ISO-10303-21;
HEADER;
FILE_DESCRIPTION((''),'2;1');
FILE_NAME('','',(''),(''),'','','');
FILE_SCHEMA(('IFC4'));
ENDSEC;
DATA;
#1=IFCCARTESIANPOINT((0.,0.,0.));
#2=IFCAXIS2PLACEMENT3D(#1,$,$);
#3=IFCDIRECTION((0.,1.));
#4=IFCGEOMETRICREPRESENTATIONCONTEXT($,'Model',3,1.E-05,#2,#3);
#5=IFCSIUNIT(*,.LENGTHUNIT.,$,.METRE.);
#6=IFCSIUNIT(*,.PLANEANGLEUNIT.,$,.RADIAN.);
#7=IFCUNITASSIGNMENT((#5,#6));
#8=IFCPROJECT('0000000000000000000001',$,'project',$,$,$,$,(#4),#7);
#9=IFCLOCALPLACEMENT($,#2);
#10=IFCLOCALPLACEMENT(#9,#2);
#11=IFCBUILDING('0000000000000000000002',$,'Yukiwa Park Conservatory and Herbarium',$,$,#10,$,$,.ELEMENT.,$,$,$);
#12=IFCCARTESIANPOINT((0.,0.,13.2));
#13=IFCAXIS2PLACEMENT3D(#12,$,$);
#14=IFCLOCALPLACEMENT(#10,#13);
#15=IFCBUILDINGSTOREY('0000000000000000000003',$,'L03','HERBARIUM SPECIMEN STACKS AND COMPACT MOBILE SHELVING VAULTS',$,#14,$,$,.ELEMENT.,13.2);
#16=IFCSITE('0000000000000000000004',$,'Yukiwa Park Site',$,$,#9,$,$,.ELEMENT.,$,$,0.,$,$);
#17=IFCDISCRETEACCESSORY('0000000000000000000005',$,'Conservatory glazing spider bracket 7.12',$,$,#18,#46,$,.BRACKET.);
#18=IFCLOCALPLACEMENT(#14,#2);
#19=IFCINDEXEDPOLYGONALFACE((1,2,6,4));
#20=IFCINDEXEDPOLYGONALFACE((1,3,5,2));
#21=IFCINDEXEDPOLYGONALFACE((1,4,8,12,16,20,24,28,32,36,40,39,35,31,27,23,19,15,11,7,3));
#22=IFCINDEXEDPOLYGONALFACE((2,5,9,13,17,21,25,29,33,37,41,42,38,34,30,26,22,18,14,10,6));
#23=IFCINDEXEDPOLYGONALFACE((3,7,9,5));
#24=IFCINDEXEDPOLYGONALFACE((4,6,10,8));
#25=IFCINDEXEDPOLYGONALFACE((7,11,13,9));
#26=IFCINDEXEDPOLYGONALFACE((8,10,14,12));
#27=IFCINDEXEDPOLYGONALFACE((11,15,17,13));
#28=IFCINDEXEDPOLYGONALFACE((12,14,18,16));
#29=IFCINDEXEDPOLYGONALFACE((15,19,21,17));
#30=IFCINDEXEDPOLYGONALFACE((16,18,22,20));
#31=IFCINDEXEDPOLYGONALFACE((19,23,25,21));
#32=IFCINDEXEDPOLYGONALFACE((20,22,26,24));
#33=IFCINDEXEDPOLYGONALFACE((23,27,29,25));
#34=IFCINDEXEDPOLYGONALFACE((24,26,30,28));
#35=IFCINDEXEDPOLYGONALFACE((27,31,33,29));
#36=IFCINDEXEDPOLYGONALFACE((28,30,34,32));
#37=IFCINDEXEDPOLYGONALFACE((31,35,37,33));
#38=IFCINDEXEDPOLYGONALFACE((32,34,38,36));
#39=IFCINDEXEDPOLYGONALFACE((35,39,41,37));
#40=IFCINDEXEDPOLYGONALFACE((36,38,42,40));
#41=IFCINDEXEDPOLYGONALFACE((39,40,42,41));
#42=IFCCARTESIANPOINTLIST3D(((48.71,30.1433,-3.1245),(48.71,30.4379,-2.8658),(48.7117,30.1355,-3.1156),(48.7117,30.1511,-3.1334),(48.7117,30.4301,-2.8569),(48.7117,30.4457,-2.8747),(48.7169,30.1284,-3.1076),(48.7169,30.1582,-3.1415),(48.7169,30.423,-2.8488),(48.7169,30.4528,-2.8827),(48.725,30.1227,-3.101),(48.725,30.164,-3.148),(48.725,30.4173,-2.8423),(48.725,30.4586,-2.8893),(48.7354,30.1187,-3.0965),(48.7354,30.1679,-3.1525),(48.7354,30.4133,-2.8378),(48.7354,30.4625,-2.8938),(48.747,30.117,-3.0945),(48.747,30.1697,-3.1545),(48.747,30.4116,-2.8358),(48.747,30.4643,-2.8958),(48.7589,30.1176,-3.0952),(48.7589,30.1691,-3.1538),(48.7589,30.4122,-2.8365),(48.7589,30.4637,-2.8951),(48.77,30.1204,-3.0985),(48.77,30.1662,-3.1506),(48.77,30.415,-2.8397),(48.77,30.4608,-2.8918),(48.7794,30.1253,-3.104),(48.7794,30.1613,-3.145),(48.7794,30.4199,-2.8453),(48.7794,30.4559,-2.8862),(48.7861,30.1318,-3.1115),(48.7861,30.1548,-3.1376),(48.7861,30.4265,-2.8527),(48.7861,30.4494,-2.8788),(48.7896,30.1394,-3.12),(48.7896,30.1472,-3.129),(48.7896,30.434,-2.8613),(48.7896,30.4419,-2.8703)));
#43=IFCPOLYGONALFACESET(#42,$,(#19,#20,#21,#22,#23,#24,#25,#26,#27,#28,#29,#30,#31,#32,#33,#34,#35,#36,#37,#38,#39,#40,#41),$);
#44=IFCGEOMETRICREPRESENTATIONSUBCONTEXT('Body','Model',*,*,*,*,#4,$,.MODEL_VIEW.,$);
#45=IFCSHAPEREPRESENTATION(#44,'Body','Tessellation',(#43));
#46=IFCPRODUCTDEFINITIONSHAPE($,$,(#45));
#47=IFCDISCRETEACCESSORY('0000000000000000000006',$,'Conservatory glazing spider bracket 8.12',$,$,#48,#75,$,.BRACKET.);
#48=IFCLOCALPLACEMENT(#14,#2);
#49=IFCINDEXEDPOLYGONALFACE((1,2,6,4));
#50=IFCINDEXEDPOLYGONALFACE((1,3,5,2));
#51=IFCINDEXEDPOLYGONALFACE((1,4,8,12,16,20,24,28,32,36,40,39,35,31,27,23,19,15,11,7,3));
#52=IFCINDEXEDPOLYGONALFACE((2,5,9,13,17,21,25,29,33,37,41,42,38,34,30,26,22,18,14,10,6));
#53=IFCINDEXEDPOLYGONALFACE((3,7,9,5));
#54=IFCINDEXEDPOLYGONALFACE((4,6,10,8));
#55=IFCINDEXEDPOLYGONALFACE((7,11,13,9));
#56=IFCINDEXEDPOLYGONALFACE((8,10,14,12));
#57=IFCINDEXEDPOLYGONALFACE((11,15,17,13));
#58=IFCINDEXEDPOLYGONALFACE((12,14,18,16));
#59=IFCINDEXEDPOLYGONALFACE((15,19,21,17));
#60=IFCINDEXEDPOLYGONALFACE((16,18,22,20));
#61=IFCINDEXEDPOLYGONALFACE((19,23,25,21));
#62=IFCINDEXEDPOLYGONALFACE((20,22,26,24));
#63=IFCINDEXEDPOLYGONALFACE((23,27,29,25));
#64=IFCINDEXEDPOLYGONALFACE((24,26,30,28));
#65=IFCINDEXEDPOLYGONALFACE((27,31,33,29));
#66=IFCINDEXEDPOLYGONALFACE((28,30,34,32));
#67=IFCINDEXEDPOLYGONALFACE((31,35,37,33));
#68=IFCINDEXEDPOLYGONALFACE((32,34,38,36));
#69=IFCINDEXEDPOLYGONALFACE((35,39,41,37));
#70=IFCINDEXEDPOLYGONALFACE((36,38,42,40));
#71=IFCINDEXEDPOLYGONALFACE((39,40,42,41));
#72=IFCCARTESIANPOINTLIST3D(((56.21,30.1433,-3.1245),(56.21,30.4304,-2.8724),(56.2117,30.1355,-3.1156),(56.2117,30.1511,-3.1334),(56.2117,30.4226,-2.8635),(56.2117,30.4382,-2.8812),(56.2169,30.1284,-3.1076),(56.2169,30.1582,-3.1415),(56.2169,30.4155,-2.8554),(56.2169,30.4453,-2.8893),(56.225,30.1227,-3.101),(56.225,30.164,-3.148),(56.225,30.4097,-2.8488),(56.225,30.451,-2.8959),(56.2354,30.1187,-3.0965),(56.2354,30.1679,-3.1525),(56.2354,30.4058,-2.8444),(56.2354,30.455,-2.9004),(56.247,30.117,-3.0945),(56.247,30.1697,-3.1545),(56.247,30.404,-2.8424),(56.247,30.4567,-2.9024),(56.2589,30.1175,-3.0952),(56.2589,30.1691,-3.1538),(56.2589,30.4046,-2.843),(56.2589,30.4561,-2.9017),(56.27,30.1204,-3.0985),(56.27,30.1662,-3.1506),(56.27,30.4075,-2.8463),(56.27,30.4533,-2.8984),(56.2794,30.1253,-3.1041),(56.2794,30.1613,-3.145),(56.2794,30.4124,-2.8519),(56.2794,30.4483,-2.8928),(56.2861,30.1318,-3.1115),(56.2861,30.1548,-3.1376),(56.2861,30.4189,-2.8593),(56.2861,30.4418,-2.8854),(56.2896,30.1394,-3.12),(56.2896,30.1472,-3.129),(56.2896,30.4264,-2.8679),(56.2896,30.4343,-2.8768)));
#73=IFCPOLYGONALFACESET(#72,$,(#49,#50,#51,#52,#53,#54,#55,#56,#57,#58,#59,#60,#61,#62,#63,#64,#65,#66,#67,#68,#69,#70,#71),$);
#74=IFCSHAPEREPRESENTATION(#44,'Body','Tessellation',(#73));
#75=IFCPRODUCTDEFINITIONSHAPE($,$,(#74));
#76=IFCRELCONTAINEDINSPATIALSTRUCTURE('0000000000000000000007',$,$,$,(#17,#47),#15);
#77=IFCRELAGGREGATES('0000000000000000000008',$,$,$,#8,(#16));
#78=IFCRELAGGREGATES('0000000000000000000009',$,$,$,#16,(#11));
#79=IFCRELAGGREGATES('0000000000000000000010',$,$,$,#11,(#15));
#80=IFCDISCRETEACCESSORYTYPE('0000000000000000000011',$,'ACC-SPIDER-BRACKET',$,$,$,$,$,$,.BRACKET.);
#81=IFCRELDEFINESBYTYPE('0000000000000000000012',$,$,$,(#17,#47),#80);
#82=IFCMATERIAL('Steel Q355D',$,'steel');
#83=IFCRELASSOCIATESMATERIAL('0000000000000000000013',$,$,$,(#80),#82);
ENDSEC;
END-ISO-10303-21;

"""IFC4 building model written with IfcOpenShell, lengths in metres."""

from ifc_helpers import new_model, si_unit, direction, frame, origin, origin_2d, place, context, subcontext, project, spatial, circle, extrude, material, type_object, element, save


model = new_model("IFC4")

# Units and contexts
model_context = context("Model", 3, precision=1e-05, world=origin(), true_north=direction((0.0, 1.0)))
body_context = subcontext(model_context, "Body", "Model", "MODEL_VIEW")
ifc_project = project(units=[si_unit("LENGTHUNIT", "METRE"), si_unit("PLANEANGLEUNIT", "RADIAN")], contexts=[model_context])

# Site, building, storey
site_placement = place(None, origin())
site = spatial("IfcSite", under=ifc_project, at=site_placement, Name="Yukiwa Park Site", CompositionType="ELEMENT", RefElevation=0.0)
building_placement = place(site_placement, origin())
building = spatial("IfcBuilding", under=site, at=building_placement, Name="Yukiwa Park Conservatory and Herbarium", CompositionType="ELEMENT")
storey_placement = place(building_placement, frame((0.0, 0.0, 13.2)))
storey = spatial("IfcBuildingStorey", under=building, at=storey_placement, Name="L03", Description="HERBARIUM SPECIMEN STACKS AND COMPACT MOBILE SHELVING VAULTS", CompositionType="ELEMENT", Elevation=13.2)

# Discrete accessories
ifc_material_1 = material(Name="Steel Q355D", Category="steel")
discrete_accessory_type = type_object("IfcDiscreteAccessoryType", Name="ACC-SPIDER-BRACKET", PredefinedType="BRACKET", material=ifc_material_1)
discrete_accessory_1_placement = place(storey_placement, frame((48.75, 30.1433, -3.1245), z_axis=(0.0, 0.75138, 0.65987), x_axis=(-1.0, 0.0, 0.0)))
element("IfcDiscreteAccessory", 1, at=discrete_accessory_1_placement, inside=storey, type_object=discrete_accessory_type, Name="Conservatory glazing spider bracket 7.12", PredefinedType="BRACKET", context=body_context, shape_type="SweptSolid", body=[
    extrude(circle(Radius=0.04, at=origin_2d()), origin(), (0.0, 0.0, 1.0), 0.3921),
])
discrete_accessory_2_placement = place(storey_placement, frame((56.25, 30.1433, -3.1245), z_axis=(0.0, 0.751309, 0.659951), x_axis=(-1.0, 0.0, 0.0)))
element("IfcDiscreteAccessory", 2, at=discrete_accessory_2_placement, inside=storey, type_object=discrete_accessory_type, Name="Conservatory glazing spider bracket 8.12", PredefinedType="BRACKET", context=body_context, shape_type="SweptSolid", body=[
    extrude(circle(Radius=0.04, at=origin_2d()), origin(), (0.0, 0.0, 1.0), 0.3821),
])

save(model, "model.ifc")
